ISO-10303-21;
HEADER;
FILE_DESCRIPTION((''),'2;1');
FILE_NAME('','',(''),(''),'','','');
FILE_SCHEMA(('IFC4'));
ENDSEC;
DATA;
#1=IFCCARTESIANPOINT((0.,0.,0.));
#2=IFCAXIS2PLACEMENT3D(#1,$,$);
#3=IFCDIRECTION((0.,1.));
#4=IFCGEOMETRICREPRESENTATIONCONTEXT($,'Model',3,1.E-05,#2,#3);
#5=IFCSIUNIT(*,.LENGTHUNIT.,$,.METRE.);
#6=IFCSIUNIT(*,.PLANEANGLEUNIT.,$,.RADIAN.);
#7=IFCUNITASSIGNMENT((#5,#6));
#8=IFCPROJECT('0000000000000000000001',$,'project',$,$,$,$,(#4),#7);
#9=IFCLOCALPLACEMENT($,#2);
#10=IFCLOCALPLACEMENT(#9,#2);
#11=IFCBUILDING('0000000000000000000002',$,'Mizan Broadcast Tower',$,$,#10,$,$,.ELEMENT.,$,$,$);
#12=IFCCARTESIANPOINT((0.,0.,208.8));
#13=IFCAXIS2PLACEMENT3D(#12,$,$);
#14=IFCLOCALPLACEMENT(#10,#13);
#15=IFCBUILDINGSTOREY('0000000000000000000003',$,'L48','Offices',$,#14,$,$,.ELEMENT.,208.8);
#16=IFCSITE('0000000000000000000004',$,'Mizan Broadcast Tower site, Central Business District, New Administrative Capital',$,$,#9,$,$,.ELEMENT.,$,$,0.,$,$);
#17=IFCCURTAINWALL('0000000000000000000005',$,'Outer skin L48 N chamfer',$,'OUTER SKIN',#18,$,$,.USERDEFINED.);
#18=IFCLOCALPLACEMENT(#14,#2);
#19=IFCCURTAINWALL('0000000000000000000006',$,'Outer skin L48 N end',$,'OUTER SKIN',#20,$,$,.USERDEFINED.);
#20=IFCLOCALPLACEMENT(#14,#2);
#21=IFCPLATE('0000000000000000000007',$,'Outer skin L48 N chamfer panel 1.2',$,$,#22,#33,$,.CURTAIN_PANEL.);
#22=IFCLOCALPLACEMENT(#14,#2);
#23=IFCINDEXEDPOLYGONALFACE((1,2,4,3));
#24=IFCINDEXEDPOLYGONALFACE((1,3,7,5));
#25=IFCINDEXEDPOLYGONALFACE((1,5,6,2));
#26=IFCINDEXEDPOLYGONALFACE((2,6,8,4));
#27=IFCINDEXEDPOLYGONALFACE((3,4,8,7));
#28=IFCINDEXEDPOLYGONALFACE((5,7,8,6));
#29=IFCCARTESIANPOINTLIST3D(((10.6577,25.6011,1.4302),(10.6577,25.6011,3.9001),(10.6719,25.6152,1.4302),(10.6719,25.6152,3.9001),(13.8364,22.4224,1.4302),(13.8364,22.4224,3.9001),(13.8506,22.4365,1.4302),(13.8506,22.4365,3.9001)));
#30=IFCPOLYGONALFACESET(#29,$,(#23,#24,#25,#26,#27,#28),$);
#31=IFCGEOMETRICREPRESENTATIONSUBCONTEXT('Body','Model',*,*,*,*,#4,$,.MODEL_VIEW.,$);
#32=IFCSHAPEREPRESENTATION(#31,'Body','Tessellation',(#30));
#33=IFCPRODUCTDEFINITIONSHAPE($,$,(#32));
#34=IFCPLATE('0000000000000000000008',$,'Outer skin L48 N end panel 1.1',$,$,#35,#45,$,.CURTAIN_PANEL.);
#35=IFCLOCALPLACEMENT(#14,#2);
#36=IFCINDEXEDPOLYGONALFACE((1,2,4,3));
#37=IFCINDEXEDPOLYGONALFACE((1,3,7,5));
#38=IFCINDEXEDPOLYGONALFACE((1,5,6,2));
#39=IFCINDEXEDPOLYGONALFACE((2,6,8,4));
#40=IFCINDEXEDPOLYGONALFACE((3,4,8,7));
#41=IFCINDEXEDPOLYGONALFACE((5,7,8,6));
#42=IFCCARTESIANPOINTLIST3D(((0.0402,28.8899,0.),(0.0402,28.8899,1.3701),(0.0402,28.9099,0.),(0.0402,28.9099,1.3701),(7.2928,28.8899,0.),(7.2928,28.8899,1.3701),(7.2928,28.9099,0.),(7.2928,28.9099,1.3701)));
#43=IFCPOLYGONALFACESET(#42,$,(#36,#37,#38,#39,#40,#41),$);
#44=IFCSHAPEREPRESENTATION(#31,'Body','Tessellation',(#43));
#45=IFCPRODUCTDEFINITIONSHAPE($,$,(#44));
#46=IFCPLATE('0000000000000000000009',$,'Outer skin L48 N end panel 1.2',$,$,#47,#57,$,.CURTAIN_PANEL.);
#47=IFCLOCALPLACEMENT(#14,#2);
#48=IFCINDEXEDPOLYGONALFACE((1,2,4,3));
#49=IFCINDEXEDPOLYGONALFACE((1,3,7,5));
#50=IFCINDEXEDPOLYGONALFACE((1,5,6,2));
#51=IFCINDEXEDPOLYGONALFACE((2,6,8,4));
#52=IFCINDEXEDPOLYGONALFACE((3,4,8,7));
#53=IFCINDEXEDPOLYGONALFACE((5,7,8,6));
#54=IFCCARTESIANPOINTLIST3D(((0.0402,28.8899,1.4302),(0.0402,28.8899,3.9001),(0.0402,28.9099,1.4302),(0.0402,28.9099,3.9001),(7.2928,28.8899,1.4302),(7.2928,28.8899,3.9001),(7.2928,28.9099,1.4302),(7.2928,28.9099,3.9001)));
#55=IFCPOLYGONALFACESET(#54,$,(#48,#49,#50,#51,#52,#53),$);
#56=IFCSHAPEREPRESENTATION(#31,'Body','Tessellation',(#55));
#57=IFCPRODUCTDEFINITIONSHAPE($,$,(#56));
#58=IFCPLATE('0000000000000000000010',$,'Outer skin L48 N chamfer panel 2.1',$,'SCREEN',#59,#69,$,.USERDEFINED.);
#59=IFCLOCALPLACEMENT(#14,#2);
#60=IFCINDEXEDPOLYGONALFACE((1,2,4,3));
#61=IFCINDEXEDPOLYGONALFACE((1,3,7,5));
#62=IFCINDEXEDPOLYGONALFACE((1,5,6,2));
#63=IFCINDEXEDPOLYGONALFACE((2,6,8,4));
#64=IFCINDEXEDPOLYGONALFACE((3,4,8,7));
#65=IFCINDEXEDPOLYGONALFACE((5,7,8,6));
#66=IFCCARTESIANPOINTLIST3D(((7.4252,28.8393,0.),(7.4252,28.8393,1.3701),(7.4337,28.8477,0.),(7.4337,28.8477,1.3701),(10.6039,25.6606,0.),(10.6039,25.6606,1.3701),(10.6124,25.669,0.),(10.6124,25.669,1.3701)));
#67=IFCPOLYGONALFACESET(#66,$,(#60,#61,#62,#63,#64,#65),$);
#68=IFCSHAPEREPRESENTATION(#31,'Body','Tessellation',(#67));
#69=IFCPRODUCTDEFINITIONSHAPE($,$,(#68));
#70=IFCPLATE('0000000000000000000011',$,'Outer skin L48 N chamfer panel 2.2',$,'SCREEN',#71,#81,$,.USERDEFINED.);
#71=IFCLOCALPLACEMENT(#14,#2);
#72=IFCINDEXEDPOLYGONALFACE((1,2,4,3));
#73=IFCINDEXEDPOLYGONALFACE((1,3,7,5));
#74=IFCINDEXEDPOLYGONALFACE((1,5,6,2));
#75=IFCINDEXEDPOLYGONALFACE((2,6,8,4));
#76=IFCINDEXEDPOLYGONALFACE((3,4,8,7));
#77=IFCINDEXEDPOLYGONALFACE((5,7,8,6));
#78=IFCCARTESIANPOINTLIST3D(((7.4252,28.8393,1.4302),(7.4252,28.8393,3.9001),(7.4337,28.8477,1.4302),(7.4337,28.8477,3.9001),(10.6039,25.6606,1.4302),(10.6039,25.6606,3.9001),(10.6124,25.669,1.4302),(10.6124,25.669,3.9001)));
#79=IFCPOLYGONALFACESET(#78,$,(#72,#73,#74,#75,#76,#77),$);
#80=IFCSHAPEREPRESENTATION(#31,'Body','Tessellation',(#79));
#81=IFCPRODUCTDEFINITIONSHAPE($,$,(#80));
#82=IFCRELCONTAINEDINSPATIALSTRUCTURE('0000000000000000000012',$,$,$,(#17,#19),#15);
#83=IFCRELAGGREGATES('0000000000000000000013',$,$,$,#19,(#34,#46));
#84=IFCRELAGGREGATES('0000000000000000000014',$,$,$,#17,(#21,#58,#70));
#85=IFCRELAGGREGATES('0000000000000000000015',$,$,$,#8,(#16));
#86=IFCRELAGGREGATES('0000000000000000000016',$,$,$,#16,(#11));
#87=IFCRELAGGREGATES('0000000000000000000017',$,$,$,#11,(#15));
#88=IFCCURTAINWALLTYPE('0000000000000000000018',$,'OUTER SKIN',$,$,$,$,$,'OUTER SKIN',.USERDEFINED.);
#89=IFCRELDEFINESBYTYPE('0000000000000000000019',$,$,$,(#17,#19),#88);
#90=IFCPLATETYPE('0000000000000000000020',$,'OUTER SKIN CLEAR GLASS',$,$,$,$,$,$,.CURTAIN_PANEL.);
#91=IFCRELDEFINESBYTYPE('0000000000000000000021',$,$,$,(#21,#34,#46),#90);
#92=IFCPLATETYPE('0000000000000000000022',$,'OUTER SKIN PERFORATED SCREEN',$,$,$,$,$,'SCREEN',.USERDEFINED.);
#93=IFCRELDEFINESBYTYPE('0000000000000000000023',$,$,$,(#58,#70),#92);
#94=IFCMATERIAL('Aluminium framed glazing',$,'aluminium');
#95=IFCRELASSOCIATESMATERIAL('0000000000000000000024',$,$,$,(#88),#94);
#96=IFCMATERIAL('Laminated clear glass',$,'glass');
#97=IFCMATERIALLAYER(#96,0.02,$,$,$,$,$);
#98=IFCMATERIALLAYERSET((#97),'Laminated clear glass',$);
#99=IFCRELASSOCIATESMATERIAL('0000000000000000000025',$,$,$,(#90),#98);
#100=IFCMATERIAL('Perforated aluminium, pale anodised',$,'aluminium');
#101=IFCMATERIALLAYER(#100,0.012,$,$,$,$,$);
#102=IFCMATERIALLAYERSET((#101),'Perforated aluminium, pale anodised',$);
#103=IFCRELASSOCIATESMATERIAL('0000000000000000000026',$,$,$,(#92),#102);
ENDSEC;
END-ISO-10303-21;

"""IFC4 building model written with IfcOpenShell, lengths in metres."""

from ifc_helpers import new_model, si_unit, direction, frame, origin, origin_2d, place, context, subcontext, project, spatial, rectangle, extrude, material, layer, layer_set, type_object, element, aggregate, save


model = new_model("IFC4")

# Units and contexts
model_context = context("Model", 3, precision=1e-05, world=origin(), true_north=direction((0.0, 1.0)))
body_context = subcontext(model_context, "Body", "Model", "MODEL_VIEW")
ifc_project = project(units=[si_unit("LENGTHUNIT", "METRE"), si_unit("PLANEANGLEUNIT", "RADIAN")], contexts=[model_context])

# Site, building, storey
site_placement = place(None, origin())
site = spatial("IfcSite", under=ifc_project, at=site_placement, Name="Mizan Broadcast Tower site, Central Business District, New Administrative Capital", CompositionType="ELEMENT", RefElevation=0.0)
building_placement = place(site_placement, origin())
building = spatial("IfcBuilding", under=site, at=building_placement, Name="Mizan Broadcast Tower", CompositionType="ELEMENT")
storey_placement = place(building_placement, frame((0.0, 0.0, 208.8)))
storey = spatial("IfcBuildingStorey", under=building, at=storey_placement, Name="L48", Description="Offices", CompositionType="ELEMENT", Elevation=208.8)

# Curtain wall
ifc_material_1 = material(Name="Aluminium framed glazing", Category="aluminium")
curtain_wall_type_1 = type_object("IfcCurtainWallType", Name="OUTER SKIN", ElementType="OUTER SKIN", PredefinedType="USERDEFINED", material=ifc_material_1)
curtain_wall_1_placement = place(storey_placement, origin())
curtain_wall_1 = element("IfcCurtainWall", 1, at=curtain_wall_1_placement, inside=storey, type_object=curtain_wall_type_1, Name="Outer skin L48 N chamfer", ObjectType="OUTER SKIN", PredefinedType="USERDEFINED")

# Curtain wall
curtain_wall_2_placement = place(storey_placement, origin())
curtain_wall_2 = element("IfcCurtainWall", 2, at=curtain_wall_2_placement, inside=storey, type_object=curtain_wall_type_1, Name="Outer skin L48 N end", ObjectType="OUTER SKIN", PredefinedType="USERDEFINED")

# Plates
ifc_material_2 = material(Name="Laminated clear glass", Category="glass")
ifc_layer_1 = layer(ifc_material_2, 0.02)
ifc_layer_set_1 = layer_set([ifc_layer_1], Name="Laminated clear glass")
plate_type_1 = type_object("IfcPlateType", Name="OUTER SKIN CLEAR GLASS", PredefinedType="CURTAIN_PANEL", material=ifc_layer_set_1)
plate_1_placement = place(storey_placement, frame((12.2542, 24.0188, 1.4302), z_axis=(0.0, 0.0, 1.0), x_axis=(-0.707107, 0.707107, 0.0)))
plate_1 = element("IfcPlate", 3, at=plate_1_placement, type_object=plate_type_1, Name="Outer skin L48 N chamfer panel 1.2", PredefinedType="CURTAIN_PANEL", context=body_context, shape_type="SweptSolid", body=[
    extrude(rectangle(XDim=4.4954, YDim=0.02, at=origin_2d()), origin(), (0.0, 0.0, 1.0), 2.47),
])
plate_2_placement = place(storey_placement, frame((3.6665, 28.8999, 0.0), z_axis=(0.0, 0.0, 1.0), x_axis=(-1.0, 0.0, 0.0)))
plate_2 = element("IfcPlate", 4, at=plate_2_placement, type_object=plate_type_1, Name="Outer skin L48 N end panel 1.1", PredefinedType="CURTAIN_PANEL", context=body_context, shape_type="SweptSolid", body=[
    extrude(rectangle(XDim=7.2527, YDim=0.02, at=origin_2d()), origin(), (0.0, 0.0, 1.0), 1.3701),
])
plate_3_placement = place(storey_placement, frame((3.6665, 28.8999, 1.4302), z_axis=(0.0, 0.0, 1.0), x_axis=(-1.0, 0.0, 0.0)))
plate_3 = element("IfcPlate", 5, at=plate_3_placement, type_object=plate_type_1, Name="Outer skin L48 N end panel 1.2", PredefinedType="CURTAIN_PANEL", context=body_context, shape_type="SweptSolid", body=[
    extrude(rectangle(XDim=7.2527, YDim=0.02, at=origin_2d()), origin(), (0.0, 0.0, 1.0), 2.47),
])
aggregate(curtain_wall_2, [plate_2, plate_3])
ifc_material_3 = material(Name="Perforated aluminium, pale anodised", Category="aluminium")
ifc_layer_2 = layer(ifc_material_3, 0.012)
ifc_layer_set_2 = layer_set([ifc_layer_2], Name="Perforated aluminium, pale anodised")
plate_type_2 = type_object("IfcPlateType", Name="OUTER SKIN PERFORATED SCREEN", ElementType="SCREEN", PredefinedType="USERDEFINED", material=ifc_layer_set_2)
plate_4_placement = place(storey_placement, frame((9.0188, 27.2542, 0.0), z_axis=(0.0, 0.0, 1.0), x_axis=(-0.707107, 0.707107, 0.0)))
plate_4 = element("IfcPlate", 6, at=plate_4_placement, type_object=plate_type_2, Name="Outer skin L48 N chamfer panel 2.1", ObjectType="SCREEN", PredefinedType="USERDEFINED", context=body_context, shape_type="SweptSolid", body=[
    extrude(rectangle(XDim=4.4954, YDim=0.012, at=origin_2d()), origin(), (0.0, 0.0, 1.0), 1.3701),
])
plate_5_placement = place(storey_placement, frame((9.0188, 27.2542, 1.4302), z_axis=(0.0, 0.0, 1.0), x_axis=(-0.707107, 0.707107, 0.0)))
plate_5 = element("IfcPlate", 7, at=plate_5_placement, type_object=plate_type_2, Name="Outer skin L48 N chamfer panel 2.2", ObjectType="SCREEN", PredefinedType="USERDEFINED", context=body_context, shape_type="SweptSolid", body=[
    extrude(rectangle(XDim=4.4954, YDim=0.012, at=origin_2d()), origin(), (0.0, 0.0, 1.0), 2.47),
])
aggregate(curtain_wall_1, [plate_1, plate_4, plate_5])

save(model, "model.ifc")
